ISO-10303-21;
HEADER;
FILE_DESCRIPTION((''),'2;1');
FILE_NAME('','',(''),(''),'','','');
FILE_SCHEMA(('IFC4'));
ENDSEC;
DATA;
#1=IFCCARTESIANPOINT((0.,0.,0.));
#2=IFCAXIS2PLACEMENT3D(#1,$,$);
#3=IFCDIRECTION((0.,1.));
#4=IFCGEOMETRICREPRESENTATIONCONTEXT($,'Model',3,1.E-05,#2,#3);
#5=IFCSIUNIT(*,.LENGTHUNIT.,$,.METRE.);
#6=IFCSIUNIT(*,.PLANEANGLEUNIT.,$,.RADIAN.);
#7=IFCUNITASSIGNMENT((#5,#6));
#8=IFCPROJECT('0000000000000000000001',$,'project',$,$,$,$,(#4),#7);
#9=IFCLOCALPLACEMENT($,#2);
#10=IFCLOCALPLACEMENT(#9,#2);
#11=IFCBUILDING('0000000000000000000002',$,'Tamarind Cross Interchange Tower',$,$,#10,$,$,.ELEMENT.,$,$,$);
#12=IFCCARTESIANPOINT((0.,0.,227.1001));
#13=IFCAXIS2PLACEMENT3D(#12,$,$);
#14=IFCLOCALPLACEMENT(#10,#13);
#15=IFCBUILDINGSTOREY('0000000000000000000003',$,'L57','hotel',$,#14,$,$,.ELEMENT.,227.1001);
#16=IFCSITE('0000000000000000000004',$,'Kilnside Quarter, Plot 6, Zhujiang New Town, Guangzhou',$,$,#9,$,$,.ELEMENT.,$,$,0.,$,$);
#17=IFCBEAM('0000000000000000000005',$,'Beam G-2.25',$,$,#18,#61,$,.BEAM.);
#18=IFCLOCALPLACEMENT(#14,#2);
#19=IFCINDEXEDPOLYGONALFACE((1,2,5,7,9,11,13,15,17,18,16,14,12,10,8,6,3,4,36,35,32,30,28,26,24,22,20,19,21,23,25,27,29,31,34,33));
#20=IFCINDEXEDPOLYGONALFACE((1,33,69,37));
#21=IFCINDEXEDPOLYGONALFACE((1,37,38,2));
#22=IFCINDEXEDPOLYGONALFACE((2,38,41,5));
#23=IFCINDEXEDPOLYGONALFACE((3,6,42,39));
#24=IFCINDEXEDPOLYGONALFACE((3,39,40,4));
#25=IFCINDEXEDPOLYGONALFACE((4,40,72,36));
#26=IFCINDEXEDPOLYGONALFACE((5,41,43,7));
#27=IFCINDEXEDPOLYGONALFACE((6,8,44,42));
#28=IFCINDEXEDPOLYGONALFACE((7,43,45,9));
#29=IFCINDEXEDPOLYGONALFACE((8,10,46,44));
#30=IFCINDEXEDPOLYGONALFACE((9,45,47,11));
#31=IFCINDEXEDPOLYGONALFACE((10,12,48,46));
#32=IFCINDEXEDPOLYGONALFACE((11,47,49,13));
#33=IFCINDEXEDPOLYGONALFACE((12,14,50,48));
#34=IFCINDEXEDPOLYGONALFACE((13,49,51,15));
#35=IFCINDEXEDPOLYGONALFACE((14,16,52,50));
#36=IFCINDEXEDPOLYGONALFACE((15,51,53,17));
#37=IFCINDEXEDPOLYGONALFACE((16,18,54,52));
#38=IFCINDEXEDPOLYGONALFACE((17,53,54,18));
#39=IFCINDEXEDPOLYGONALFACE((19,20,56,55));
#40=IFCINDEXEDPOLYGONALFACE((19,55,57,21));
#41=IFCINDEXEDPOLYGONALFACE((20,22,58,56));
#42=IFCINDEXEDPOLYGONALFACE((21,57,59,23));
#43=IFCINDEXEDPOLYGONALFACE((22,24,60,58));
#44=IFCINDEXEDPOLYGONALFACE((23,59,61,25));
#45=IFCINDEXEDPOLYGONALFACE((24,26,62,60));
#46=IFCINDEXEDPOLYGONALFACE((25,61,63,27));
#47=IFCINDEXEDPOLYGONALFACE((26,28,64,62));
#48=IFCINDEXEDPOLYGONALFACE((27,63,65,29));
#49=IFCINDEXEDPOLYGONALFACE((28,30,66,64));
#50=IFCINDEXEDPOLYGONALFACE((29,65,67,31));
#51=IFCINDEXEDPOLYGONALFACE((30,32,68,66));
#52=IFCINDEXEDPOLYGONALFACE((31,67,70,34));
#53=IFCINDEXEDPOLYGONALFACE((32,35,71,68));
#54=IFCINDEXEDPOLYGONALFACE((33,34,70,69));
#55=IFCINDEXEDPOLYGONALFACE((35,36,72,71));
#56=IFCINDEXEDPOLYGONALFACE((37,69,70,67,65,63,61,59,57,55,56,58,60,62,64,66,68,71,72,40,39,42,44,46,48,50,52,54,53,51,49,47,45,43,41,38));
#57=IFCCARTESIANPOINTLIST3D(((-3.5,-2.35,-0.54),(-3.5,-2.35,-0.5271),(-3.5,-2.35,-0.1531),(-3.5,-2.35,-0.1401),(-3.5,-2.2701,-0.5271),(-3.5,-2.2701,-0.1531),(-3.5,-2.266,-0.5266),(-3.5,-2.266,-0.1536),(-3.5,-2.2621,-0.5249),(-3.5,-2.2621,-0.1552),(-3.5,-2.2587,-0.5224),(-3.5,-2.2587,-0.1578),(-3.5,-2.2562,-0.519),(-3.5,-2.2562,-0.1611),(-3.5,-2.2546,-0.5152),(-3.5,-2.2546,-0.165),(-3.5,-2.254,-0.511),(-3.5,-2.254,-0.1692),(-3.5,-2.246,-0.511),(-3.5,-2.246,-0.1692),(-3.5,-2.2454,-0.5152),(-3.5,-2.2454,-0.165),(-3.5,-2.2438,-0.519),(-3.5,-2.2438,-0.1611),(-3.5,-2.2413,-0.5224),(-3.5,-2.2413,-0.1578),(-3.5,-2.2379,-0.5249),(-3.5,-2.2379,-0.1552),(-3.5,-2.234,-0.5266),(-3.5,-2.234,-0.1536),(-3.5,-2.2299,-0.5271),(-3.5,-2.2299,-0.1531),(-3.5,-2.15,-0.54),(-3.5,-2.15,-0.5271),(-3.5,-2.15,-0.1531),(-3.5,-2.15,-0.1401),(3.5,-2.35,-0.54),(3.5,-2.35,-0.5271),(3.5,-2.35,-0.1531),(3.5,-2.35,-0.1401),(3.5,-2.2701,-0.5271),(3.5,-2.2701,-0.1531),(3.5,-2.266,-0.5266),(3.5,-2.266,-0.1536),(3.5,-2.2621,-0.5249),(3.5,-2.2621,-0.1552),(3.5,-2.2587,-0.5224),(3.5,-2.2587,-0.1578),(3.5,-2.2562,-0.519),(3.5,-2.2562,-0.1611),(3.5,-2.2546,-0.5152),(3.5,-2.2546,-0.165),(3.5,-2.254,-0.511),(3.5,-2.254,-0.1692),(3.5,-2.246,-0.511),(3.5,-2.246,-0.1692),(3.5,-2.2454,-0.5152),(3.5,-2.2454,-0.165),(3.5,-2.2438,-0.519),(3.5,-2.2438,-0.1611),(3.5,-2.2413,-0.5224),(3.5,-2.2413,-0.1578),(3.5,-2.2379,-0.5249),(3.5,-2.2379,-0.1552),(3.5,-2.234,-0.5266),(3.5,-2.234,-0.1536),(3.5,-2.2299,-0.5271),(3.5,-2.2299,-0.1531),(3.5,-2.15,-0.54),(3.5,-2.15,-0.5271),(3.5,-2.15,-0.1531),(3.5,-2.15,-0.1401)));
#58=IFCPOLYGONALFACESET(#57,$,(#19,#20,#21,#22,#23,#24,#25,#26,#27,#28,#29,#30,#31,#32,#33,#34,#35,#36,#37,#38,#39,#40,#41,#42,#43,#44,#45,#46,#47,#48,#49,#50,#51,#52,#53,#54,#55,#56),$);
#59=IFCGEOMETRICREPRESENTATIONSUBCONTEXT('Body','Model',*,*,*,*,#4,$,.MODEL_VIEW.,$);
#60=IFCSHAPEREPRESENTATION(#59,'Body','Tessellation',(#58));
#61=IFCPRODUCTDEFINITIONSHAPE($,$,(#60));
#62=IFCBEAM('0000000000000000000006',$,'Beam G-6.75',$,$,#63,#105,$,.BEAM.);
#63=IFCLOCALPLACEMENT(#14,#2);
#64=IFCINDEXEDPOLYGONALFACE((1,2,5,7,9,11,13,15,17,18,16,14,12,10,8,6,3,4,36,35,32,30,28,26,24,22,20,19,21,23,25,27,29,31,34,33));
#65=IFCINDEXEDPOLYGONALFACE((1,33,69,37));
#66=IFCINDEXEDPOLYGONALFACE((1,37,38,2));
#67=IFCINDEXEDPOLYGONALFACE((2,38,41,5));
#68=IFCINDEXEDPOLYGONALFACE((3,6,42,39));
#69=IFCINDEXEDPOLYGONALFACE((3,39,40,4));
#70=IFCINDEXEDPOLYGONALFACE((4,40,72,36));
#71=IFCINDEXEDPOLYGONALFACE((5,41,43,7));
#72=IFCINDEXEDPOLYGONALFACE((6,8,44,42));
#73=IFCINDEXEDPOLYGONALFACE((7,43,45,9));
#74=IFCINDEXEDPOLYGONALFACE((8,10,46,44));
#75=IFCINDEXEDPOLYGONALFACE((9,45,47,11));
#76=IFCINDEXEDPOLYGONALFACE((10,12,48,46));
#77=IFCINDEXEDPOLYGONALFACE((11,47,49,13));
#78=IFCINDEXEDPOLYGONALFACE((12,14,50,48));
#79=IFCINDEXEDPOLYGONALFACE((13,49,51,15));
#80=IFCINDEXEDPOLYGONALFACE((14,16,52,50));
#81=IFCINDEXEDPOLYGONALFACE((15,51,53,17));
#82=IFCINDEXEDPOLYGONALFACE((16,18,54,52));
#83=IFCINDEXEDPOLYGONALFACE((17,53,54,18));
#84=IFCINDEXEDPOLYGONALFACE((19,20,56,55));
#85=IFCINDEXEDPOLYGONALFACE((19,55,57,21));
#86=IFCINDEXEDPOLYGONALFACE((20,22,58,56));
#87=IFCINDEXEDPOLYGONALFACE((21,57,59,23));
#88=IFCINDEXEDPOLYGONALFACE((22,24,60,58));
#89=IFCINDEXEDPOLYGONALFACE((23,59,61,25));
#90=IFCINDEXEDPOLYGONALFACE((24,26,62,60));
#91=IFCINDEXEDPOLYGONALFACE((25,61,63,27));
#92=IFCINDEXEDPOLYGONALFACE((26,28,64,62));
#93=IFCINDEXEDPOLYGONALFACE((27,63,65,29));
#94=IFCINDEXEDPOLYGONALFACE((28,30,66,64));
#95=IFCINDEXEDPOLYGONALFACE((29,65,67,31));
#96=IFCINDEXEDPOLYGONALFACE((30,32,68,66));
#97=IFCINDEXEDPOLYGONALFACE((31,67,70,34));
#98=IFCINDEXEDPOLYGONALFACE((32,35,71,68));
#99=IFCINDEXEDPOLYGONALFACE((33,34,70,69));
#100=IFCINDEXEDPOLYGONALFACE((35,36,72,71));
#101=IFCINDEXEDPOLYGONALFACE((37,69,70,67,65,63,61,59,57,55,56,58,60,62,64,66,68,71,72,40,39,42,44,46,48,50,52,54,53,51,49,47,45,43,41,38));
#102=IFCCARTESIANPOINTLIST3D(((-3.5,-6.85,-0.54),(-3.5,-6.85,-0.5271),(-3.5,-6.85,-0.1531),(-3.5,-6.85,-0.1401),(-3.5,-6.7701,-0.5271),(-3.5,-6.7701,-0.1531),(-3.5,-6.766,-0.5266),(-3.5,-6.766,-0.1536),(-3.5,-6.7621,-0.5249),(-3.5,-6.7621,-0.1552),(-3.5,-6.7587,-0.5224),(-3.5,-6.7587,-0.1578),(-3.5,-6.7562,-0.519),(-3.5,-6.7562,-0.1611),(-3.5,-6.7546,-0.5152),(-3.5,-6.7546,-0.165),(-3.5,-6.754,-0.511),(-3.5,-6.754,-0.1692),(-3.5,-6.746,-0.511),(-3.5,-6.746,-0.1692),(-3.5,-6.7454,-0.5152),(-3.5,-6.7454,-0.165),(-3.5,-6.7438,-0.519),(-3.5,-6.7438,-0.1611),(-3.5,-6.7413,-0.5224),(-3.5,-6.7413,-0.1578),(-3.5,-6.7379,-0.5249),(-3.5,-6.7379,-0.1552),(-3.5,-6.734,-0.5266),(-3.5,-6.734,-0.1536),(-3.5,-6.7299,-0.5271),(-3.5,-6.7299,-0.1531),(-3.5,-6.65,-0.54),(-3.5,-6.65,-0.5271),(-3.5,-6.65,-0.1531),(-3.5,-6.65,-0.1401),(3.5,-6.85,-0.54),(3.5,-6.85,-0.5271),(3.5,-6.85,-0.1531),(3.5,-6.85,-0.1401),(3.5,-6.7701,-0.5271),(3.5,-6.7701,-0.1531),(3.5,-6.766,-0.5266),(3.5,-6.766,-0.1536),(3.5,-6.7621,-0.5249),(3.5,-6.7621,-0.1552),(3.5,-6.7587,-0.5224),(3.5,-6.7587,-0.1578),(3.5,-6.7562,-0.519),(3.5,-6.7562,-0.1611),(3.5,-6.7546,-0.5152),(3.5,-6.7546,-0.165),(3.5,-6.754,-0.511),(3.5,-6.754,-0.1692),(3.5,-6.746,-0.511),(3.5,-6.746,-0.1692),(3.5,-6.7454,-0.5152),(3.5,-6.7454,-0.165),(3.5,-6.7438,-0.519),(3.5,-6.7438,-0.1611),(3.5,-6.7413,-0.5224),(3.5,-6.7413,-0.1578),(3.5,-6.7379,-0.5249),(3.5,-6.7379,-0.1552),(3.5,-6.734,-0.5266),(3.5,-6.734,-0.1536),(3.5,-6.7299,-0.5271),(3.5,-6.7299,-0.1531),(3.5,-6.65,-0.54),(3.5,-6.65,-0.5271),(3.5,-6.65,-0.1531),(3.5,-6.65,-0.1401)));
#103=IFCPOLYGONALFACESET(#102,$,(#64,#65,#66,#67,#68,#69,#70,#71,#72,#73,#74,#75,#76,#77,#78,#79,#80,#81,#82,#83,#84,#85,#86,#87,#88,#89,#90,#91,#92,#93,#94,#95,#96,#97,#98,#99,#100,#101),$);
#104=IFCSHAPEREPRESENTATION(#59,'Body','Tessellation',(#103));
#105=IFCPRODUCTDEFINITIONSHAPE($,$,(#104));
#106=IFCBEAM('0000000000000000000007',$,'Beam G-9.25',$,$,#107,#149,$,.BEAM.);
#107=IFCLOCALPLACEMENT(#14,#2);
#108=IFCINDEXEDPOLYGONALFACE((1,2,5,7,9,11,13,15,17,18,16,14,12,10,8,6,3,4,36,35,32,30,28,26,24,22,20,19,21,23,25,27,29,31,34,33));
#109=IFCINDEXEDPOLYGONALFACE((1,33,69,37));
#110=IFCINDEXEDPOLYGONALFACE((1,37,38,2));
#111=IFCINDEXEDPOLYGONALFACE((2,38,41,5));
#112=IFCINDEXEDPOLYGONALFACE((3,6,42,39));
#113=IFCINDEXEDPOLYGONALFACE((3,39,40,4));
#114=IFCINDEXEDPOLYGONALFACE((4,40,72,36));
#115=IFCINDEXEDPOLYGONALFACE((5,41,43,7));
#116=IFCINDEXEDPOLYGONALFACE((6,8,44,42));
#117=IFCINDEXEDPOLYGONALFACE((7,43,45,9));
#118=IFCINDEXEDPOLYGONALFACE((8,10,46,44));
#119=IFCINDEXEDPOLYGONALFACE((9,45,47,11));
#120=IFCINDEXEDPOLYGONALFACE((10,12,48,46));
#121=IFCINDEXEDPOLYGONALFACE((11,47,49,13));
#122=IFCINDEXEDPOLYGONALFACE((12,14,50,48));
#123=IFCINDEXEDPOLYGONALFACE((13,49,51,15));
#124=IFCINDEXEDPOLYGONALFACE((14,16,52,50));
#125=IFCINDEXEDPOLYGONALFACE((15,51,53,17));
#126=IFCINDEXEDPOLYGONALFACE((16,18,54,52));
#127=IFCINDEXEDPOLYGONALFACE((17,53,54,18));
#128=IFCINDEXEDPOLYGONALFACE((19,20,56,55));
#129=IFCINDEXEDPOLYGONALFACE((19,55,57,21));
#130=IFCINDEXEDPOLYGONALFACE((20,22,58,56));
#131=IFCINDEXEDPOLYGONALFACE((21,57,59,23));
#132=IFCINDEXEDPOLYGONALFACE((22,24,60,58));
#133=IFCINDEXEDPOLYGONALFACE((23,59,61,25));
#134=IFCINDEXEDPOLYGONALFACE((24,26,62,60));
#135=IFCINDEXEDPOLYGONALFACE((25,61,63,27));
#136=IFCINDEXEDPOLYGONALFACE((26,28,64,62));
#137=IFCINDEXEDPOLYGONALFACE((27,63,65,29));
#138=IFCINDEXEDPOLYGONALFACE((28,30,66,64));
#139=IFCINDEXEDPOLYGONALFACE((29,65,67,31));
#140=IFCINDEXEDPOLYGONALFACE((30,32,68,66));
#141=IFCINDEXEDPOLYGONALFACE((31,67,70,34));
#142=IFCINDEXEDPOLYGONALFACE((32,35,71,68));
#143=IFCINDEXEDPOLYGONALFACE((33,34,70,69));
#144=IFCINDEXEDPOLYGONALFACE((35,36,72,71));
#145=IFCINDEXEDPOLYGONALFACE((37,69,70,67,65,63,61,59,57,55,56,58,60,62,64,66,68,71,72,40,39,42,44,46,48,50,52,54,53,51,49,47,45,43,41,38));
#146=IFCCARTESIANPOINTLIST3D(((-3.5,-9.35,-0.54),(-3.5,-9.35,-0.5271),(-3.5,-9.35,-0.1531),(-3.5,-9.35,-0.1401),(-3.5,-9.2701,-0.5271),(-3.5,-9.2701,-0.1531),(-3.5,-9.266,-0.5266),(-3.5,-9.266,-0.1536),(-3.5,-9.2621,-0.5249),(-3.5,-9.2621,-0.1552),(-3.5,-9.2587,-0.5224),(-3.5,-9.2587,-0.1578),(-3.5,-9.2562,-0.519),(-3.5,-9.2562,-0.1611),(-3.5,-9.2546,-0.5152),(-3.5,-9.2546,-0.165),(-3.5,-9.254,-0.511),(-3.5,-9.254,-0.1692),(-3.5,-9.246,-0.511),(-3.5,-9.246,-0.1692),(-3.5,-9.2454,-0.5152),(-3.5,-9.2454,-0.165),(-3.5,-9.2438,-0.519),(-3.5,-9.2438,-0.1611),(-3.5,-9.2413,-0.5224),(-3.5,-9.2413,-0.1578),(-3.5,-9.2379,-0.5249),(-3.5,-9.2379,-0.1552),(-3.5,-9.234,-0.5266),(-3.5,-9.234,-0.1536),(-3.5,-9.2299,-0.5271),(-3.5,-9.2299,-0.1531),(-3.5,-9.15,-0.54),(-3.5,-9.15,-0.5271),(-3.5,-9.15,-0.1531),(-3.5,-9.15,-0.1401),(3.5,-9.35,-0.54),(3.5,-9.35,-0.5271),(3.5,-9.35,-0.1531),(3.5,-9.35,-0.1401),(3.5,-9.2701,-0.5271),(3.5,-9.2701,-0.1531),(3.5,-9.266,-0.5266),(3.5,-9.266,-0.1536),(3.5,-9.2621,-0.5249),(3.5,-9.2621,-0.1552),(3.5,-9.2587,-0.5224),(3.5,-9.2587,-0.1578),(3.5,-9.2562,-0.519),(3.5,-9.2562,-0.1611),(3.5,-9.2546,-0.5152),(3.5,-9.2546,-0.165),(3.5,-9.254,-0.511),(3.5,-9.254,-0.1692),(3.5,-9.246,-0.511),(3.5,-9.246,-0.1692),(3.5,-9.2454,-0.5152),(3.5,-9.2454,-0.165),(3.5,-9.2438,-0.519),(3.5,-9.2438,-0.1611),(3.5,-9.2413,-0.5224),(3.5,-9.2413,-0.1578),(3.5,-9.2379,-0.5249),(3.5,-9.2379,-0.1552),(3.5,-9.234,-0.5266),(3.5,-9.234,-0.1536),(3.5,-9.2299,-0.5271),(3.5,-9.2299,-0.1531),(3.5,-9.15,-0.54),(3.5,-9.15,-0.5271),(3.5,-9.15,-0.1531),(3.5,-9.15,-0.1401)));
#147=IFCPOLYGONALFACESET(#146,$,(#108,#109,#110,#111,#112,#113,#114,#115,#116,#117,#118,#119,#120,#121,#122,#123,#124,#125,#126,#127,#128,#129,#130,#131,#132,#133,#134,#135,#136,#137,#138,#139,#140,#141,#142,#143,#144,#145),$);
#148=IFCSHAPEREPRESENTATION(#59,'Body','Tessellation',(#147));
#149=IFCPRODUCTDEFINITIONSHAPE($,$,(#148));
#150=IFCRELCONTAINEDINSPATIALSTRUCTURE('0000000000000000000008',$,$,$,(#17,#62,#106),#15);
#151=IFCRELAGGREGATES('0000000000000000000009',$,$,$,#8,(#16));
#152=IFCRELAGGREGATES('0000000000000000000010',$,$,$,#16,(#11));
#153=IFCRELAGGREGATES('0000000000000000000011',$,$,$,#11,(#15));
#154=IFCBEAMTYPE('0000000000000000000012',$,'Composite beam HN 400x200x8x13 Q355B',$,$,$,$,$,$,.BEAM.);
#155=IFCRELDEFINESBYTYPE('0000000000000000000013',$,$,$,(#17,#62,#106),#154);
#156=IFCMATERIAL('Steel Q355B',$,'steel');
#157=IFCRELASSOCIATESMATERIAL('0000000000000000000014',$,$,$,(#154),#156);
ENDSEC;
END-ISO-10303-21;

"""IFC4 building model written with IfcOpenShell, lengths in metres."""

from ifc_helpers import new_model, si_unit, direction, frame, origin, origin_2d, place, context, subcontext, project, spatial, i_section, extrude, material, material_profile, profile_set, type_object, element, save


model = new_model("IFC4")

# Units and contexts
model_context = context("Model", 3, precision=1e-05, world=origin(), true_north=direction((0.0, 1.0)))
body_context = subcontext(model_context, "Body", "Model", "MODEL_VIEW")
ifc_project = project(units=[si_unit("LENGTHUNIT", "METRE"), si_unit("PLANEANGLEUNIT", "RADIAN")], contexts=[model_context])

# Site, building, storey
site_placement = place(None, origin())
site = spatial("IfcSite", under=ifc_project, at=site_placement, Name="Kilnside Quarter, Plot 6, Zhujiang New Town, Guangzhou", CompositionType="ELEMENT", RefElevation=0.0)
building_placement = place(site_placement, origin())
building = spatial("IfcBuilding", under=site, at=building_placement, Name="Tamarind Cross Interchange Tower", CompositionType="ELEMENT")
storey_placement = place(building_placement, frame((0.0, 0.0, 227.1001)))
storey = spatial("IfcBuildingStorey", under=building, at=storey_placement, Name="L57", Description="hotel", CompositionType="ELEMENT", Elevation=227.1001)

# Beams
ifc_material_1 = material(Name="Steel Q355B", Category="steel")
ifc_material_profile = material_profile(ifc_material_1, i_section(OverallWidth=0.2, OverallDepth=0.3999, WebThickness=0.0081, FlangeThickness=0.0129, FilletRadius=0.0161, at=origin_2d()), Name="HN 400x200x8x13")
ifc_profile_set = profile_set([ifc_material_profile], Name="Steel Q355B")
beam_type = type_object("IfcBeamType", Name="Composite beam HN 400x200x8x13 Q355B", PredefinedType="BEAM", material=ifc_profile_set)
for number, where, z_axis, x_axis, name in (
    (1, (-3.5, -2.25, -0.3401), (1.0, 0.0, 0.0), (0.0, 1.0, 0.0), "Beam G-2.25"),
    (2, (-3.5, -6.75, -0.3401), (1.0, 0.0, 0.0), (0.0, 1.0, 0.0), "Beam G-6.75"),
    (3, (-3.5, -9.25, -0.3401), (1.0, 0.0, 0.0), (0.0, 1.0, 0.0), "Beam G-9.25"),
):
    element("IfcBeam", number, at=place(storey_placement, frame(where, z_axis=z_axis, x_axis=x_axis)), inside=storey, type_object=beam_type, Name=name, PredefinedType="BEAM", context=body_context, shape_type="SweptSolid", body=[
        extrude(i_section(OverallWidth=0.2, OverallDepth=0.3999, WebThickness=0.0081, FlangeThickness=0.0129, FilletRadius=0.0161, at=origin_2d()), origin(), (0.0, 0.0, 1.0), 7.0),
    ])

save(model, "model.ifc")
